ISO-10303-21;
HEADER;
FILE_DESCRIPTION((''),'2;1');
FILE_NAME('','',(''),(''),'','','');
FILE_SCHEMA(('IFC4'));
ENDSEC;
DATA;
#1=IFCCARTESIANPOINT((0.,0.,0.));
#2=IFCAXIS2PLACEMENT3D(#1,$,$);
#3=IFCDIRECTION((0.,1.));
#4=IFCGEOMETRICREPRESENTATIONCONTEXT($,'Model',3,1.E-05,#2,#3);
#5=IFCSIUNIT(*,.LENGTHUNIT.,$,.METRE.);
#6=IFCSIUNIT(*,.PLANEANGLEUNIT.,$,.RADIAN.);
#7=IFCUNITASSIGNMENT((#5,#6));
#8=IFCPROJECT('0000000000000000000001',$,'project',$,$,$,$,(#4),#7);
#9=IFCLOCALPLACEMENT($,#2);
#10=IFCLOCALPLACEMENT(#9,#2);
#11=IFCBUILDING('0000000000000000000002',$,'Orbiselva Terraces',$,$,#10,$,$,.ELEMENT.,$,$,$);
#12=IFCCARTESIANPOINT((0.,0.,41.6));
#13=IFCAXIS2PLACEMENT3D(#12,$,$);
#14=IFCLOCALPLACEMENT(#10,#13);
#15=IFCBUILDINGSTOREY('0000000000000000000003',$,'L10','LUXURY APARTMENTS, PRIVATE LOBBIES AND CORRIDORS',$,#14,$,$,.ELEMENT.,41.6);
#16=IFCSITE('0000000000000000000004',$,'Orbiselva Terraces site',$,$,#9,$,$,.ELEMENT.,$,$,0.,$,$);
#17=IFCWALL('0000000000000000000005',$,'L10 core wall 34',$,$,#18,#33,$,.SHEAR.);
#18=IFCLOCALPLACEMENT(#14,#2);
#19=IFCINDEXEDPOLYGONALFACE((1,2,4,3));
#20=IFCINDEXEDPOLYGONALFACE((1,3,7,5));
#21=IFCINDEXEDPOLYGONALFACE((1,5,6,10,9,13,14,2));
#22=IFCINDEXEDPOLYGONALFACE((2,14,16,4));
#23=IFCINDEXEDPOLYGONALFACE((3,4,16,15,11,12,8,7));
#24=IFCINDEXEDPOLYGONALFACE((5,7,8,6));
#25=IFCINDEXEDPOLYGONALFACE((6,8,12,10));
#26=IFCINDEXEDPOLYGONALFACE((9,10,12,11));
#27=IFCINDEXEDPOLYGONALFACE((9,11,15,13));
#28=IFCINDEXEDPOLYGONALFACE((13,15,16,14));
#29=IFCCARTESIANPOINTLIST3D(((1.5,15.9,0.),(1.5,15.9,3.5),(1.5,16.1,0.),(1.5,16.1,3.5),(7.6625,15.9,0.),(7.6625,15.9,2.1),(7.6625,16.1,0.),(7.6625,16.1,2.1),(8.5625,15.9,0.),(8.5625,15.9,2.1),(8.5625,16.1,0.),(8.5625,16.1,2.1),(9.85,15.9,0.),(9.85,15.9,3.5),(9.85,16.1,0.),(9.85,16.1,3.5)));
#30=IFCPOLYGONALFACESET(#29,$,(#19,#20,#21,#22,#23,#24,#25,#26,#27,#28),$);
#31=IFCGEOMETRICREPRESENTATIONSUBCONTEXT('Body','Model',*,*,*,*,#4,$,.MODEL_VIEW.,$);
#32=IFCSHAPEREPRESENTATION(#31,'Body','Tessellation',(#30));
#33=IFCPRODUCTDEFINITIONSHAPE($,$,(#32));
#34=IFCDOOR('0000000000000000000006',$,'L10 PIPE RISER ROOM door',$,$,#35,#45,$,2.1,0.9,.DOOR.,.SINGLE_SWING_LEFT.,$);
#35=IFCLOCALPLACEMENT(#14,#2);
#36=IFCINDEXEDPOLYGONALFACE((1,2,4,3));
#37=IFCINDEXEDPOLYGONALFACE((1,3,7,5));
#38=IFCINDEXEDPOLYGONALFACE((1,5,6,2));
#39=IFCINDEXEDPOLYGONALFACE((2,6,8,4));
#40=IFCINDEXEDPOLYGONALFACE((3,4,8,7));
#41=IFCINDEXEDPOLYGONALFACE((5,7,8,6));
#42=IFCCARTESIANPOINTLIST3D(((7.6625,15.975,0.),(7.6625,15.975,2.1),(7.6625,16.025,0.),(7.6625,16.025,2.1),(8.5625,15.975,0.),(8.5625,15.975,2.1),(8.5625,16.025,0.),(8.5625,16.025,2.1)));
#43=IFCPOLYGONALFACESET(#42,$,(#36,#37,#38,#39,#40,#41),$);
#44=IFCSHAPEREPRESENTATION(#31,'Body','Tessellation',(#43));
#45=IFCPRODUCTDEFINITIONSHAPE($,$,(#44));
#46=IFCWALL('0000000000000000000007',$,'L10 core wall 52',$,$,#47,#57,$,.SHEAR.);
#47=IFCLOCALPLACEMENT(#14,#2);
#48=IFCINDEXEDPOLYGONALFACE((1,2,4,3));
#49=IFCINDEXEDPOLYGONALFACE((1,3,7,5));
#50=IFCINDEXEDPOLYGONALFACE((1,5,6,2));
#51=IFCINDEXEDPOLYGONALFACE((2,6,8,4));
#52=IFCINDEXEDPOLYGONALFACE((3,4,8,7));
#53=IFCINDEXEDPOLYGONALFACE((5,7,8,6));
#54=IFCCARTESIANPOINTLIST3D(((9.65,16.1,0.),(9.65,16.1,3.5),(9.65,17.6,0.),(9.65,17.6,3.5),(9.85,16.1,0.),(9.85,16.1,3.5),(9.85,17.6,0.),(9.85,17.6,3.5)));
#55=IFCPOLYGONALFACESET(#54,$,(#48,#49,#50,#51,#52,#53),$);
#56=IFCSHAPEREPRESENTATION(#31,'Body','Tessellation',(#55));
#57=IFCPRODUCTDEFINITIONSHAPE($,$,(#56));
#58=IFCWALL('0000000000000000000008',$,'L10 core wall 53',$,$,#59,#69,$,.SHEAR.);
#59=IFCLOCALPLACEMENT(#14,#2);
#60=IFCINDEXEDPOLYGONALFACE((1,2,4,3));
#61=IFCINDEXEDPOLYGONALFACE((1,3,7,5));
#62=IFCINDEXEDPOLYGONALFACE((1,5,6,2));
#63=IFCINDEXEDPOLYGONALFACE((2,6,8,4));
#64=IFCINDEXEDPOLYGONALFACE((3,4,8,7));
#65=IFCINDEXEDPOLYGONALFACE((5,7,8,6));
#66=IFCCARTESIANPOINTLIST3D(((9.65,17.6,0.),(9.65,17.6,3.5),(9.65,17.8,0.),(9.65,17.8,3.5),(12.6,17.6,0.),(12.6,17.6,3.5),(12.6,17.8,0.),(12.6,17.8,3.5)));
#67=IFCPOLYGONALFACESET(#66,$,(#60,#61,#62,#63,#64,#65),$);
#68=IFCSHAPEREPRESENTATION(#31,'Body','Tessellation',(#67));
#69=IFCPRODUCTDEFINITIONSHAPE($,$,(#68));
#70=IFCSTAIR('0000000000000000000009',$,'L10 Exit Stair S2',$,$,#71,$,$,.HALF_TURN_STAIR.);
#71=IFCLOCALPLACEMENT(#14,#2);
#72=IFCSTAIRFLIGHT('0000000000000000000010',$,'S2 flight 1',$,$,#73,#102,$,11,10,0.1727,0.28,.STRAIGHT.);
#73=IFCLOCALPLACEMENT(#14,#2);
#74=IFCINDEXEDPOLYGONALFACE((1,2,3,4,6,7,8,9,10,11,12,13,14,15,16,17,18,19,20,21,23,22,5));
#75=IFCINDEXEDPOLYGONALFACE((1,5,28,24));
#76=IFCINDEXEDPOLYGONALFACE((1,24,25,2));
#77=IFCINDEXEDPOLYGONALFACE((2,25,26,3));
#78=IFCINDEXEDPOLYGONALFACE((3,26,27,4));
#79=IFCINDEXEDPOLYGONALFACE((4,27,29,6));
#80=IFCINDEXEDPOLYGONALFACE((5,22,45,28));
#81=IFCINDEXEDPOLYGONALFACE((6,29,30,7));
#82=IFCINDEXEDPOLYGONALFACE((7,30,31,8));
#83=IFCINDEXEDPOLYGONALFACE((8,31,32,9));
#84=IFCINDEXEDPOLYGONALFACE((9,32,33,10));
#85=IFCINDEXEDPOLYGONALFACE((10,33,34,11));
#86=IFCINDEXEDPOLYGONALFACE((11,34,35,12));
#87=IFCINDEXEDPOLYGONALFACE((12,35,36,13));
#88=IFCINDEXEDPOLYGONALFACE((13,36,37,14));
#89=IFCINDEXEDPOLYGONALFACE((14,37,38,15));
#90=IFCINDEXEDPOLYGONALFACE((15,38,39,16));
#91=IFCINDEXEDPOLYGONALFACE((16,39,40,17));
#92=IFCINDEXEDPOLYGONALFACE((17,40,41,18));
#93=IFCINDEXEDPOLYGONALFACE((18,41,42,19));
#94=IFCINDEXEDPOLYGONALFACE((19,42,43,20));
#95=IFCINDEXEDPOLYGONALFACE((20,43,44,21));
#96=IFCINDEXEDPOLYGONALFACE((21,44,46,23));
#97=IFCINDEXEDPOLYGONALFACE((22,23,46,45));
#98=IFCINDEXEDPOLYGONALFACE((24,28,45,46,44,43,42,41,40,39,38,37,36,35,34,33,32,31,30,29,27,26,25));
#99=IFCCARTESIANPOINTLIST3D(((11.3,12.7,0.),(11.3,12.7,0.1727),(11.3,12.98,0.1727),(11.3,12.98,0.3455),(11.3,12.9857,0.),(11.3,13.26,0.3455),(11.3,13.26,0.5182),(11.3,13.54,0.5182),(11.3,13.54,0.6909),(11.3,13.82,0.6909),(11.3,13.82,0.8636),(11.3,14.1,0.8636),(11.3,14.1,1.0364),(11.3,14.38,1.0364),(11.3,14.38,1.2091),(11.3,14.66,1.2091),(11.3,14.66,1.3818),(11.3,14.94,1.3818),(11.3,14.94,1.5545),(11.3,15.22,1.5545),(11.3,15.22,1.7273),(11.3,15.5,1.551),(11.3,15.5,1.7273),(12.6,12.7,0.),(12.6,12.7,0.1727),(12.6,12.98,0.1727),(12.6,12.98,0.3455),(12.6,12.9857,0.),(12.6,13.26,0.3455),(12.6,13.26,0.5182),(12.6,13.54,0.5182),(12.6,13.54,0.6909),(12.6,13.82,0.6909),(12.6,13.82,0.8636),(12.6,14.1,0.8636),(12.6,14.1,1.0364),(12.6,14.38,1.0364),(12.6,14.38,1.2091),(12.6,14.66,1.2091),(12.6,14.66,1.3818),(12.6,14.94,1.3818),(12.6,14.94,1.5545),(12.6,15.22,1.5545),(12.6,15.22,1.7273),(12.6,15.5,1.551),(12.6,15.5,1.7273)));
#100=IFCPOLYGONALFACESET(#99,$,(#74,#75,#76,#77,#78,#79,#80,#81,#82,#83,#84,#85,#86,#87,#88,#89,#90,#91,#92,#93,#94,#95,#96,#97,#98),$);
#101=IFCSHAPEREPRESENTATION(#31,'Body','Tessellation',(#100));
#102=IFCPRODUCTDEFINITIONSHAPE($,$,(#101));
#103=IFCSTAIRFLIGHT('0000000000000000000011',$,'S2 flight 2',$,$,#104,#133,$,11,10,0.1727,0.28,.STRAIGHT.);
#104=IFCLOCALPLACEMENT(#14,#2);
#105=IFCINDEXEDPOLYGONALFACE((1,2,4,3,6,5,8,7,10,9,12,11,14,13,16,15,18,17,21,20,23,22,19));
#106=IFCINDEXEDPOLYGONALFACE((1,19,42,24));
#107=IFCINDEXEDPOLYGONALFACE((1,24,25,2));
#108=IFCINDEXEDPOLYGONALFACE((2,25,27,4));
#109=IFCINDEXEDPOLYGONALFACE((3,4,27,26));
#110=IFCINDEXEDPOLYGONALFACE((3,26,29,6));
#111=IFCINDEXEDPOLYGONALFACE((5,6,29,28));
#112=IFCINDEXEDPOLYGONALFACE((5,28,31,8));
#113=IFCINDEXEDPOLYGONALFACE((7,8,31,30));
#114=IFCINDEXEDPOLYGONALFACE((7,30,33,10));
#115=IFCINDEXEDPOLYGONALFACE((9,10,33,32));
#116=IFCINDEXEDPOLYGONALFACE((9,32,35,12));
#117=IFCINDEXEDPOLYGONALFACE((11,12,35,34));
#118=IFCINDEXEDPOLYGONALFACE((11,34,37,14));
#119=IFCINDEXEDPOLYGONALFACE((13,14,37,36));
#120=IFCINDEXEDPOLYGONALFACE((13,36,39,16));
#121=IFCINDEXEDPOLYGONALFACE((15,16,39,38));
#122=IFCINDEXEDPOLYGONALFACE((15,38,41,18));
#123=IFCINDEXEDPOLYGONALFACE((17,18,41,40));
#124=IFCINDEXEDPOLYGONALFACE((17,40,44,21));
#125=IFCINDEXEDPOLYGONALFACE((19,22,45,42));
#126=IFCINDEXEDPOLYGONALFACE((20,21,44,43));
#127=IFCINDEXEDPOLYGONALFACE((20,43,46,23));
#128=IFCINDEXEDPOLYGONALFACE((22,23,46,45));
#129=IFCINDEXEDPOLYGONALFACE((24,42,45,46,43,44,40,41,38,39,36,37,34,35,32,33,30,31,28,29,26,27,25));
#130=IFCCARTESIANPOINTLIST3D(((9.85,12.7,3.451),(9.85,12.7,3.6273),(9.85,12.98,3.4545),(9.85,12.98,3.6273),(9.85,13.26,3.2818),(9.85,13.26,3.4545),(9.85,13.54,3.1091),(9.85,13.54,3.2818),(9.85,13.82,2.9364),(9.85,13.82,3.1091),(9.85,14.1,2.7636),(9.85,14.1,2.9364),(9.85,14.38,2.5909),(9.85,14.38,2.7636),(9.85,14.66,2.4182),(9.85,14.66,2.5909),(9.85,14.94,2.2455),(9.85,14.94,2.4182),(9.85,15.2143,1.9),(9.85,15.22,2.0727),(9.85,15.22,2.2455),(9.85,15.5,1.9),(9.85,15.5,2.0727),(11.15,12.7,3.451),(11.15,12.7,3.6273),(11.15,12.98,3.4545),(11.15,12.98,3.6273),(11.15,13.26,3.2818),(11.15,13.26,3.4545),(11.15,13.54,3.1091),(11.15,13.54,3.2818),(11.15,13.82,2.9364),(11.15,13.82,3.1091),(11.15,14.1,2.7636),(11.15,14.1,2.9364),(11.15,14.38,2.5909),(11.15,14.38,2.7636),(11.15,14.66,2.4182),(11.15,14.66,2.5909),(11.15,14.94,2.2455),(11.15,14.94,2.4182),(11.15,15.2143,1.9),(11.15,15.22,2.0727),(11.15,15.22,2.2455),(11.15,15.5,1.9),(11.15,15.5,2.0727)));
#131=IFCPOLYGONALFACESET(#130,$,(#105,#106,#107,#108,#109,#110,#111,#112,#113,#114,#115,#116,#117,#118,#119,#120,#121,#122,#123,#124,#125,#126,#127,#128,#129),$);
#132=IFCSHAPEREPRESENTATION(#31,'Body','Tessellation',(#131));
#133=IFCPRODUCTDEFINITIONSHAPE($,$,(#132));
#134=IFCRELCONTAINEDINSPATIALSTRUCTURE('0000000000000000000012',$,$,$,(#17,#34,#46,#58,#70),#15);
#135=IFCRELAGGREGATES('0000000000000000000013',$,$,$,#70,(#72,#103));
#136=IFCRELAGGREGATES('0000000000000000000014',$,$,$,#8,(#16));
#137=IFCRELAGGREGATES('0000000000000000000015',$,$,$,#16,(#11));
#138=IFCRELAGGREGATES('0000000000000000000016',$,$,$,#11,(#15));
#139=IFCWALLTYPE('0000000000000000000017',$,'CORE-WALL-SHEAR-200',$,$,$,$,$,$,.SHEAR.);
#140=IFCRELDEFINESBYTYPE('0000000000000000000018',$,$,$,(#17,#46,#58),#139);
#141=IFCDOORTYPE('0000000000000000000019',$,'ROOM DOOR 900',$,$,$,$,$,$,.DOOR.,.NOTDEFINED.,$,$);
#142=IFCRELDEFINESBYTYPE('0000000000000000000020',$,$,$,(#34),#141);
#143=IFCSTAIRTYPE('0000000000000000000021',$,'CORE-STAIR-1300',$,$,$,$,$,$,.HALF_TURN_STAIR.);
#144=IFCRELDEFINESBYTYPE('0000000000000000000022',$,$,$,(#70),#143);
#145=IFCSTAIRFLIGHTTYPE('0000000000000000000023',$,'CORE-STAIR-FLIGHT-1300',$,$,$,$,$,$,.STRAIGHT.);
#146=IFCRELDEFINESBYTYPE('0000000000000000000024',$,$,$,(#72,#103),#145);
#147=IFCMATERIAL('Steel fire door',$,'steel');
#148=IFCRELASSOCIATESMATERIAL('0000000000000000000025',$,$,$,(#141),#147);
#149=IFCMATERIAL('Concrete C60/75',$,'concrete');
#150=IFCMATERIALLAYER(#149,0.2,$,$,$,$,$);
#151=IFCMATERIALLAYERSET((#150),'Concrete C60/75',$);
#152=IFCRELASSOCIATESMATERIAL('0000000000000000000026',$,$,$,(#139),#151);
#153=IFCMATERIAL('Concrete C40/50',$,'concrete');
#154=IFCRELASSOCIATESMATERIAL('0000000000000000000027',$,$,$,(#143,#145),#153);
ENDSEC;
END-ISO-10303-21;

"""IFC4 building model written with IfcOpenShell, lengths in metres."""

from ifc_helpers import new_model, si_unit, direction, frame, frame_2d, origin, place, context, subcontext, project, spatial, polyline, rectangle, outline, extrude, material, layer, layer_set, type_object, element, fill, aggregate, save


model = new_model("IFC4")

# Units and contexts
model_context = context("Model", 3, precision=1e-05, world=origin(), true_north=direction((0.0, 1.0)))
body_context = subcontext(model_context, "Body", "Model", "MODEL_VIEW")
ifc_project = project(units=[si_unit("LENGTHUNIT", "METRE"), si_unit("PLANEANGLEUNIT", "RADIAN")], contexts=[model_context])

# Site, building, storey
site_placement = place(None, origin())
site = spatial("IfcSite", under=ifc_project, at=site_placement, Name="Orbiselva Terraces site", CompositionType="ELEMENT", RefElevation=0.0)
building_placement = place(site_placement, origin())
building = spatial("IfcBuilding", under=site, at=building_placement, Name="Orbiselva Terraces", CompositionType="ELEMENT")
storey_placement = place(building_placement, frame((0.0, 0.0, 41.6)))
storey = spatial("IfcBuildingStorey", under=building, at=storey_placement, Name="L10", Description="LUXURY APARTMENTS, PRIVATE LOBBIES AND CORRIDORS", CompositionType="ELEMENT", Elevation=41.6)

# Shared definitions
ifc_material_1 = material(Name="Steel fire door", Category="steel")
door_type = type_object("IfcDoorType", Name="ROOM DOOR 900", OperationType="NOTDEFINED", PredefinedType="DOOR", material=ifc_material_1)

# Shared definitions
ifc_material_2 = material(Name="Concrete C40/50", Category="concrete")

# Shared definitions
ifc_material_3 = material(Name="Concrete C60/75", Category="concrete")
ifc_layer_1 = layer(ifc_material_3, 0.2)
ifc_layer_set_1 = layer_set([ifc_layer_1], Name="Concrete C60/75")
wall_type_1 = type_object("IfcWallType", Name="CORE-WALL-SHEAR-200", PredefinedType="SHEAR", material=ifc_layer_set_1)

# Wall, opening, door
wall_1_placement = place(storey_placement, frame((9.85, 16.0, 0.0), z_axis=(0.0, 0.0, 1.0), x_axis=(-1.0, 0.0, 0.0)))
wall_1 = element("IfcWall", 1, at=wall_1_placement, inside=storey, type_object=wall_type_1, Name="L10 core wall 34", PredefinedType="SHEAR", context=body_context, shape_type="SweptSolid", body=[
    extrude(rectangle(XDim=8.35, YDim=0.2, at=frame_2d((4.175, 0.0))), origin(), (0.0, 0.0, 1.0), 3.5),
])
opening_1_placement = place(wall_1_placement, frame((1.2875, 0.0, 0.0)))
opening_1 = element("IfcOpeningElement", 2, at=opening_1_placement, cuts=wall_1, PredefinedType="OPENING", context=body_context, shape_type="SweptSolid", body=[
    extrude(rectangle(XDim=0.9, YDim=2.1, at=frame_2d((0.45, 1.05))), frame((0.0, 0.11, 0.0), z_axis=(0.0, -1.0, 0.0), x_axis=(1.0, 0.0, 0.0)), (0.0, 0.0, 1.0), 0.22),
])
door_1_placement = place(opening_1_placement, origin())
door_1 = element("IfcDoor", 3, at=door_1_placement, inside=storey, type_object=door_type, Name="L10 PIPE RISER ROOM door", OperationType="SINGLE_SWING_LEFT", OverallHeight=2.1, OverallWidth=0.9, PredefinedType="DOOR", context=body_context, shape_type="SweptSolid", body=[
    extrude(rectangle(XDim=0.9, YDim=2.1, at=frame_2d((0.45, 1.05))), frame((0.0, 0.025, 0.0), z_axis=(0.0, -1.0, 0.0), x_axis=(1.0, 0.0, 0.0)), (0.0, 0.0, 1.0), 0.05),
])
fill(opening_1, door_1)

# Walls
wall_2_placement = place(storey_placement, frame((9.75, 16.1, 0.0), z_axis=(0.0, 0.0, 1.0), x_axis=(0.0, 1.0, 0.0)))
element("IfcWall", 4, at=wall_2_placement, inside=storey, type_object=wall_type_1, Name="L10 core wall 52", PredefinedType="SHEAR", context=body_context, shape_type="SweptSolid", body=[
    extrude(rectangle(XDim=1.5, YDim=0.2, at=frame_2d((0.75, 0.0))), origin(), (0.0, 0.0, 1.0), 3.5),
])
wall_3_placement = place(storey_placement, frame((9.65, 17.7, 0.0), z_axis=(0.0, 0.0, 1.0), x_axis=(1.0, 0.0, 0.0)))
element("IfcWall", 5, at=wall_3_placement, inside=storey, type_object=wall_type_1, Name="L10 core wall 53", PredefinedType="SHEAR", context=body_context, shape_type="SweptSolid", body=[
    extrude(rectangle(XDim=2.95, YDim=0.2, at=frame_2d((1.475, 0.0))), origin(), (0.0, 0.0, 1.0), 3.5),
])

# Stair, stair flights
stair_type = type_object("IfcStairType", Name="CORE-STAIR-1300", PredefinedType="HALF_TURN_STAIR", material=ifc_material_2)
stair_placement = place(storey_placement, origin())
stair = element("IfcStair", 6, at=stair_placement, inside=storey, type_object=stair_type, Name="L10 Exit Stair S2", PredefinedType="HALF_TURN_STAIR")
stair_flight_type = type_object("IfcStairFlightType", Name="CORE-STAIR-FLIGHT-1300", PredefinedType="STRAIGHT", material=ifc_material_2)
stair_flight_1_placement = place(storey_placement, frame((11.95, 12.7, 0.0), z_axis=(0.0, 0.0, 1.0), x_axis=(0.0, 1.0, 0.0)))
stair_flight_1 = element("IfcStairFlight", 7, at=stair_flight_1_placement, type_object=stair_flight_type, Name="S2 flight 1", NumberOfRisers=11, NumberOfTreads=10, PredefinedType="STRAIGHT", RiserHeight=0.1727, TreadLength=0.28, context=body_context, shape_type="SweptSolid", body=[
    extrude(outline(polyline([(0.0, 0.0), (0.0, 0.1727), (0.28, 0.1727), (0.28, 0.3455), (0.56, 0.3455), (0.56, 0.5182), (0.84, 0.5182), (0.84, 0.6909), (1.12, 0.6909), (1.12, 0.8636), (1.4, 0.8636), (1.4, 1.0364), (1.68, 1.0364), (1.68, 1.2091), (1.96, 1.2091), (1.96, 1.3818), (2.24, 1.3818), (2.24, 1.5545), (2.52, 1.5545), (2.52, 1.7273), (2.8, 1.7273), (2.8, 1.9), (2.8, 1.551), (0.2857, 0.0), (0.0, 0.0)])), frame((0.0, 0.65, 0.0), z_axis=(0.0, -1.0, 0.0), x_axis=(1.0, 0.0, 0.0)), (0.0, 0.0, 1.0), 1.3),
])
stair_flight_2_placement = place(storey_placement, frame((10.5, 15.5, 1.9), z_axis=(0.0, 0.0, 1.0), x_axis=(0.0, -1.0, 0.0)))
stair_flight_2 = element("IfcStairFlight", 8, at=stair_flight_2_placement, type_object=stair_flight_type, Name="S2 flight 2", NumberOfRisers=11, NumberOfTreads=10, PredefinedType="STRAIGHT", RiserHeight=0.1727, TreadLength=0.28, context=body_context, shape_type="SweptSolid", body=[
    extrude(outline(polyline([(0.0, 0.0), (0.0, 0.1727), (0.28, 0.1727), (0.28, 0.3455), (0.56, 0.3455), (0.56, 0.5182), (0.84, 0.5182), (0.84, 0.6909), (1.12, 0.6909), (1.12, 0.8636), (1.4, 0.8636), (1.4, 1.0364), (1.68, 1.0364), (1.68, 1.2091), (1.96, 1.2091), (1.96, 1.3818), (2.24, 1.3818), (2.24, 1.5545), (2.52, 1.5545), (2.52, 1.7273), (2.8, 1.7273), (2.8, 1.9), (2.8, 1.551), (0.2857, 0.0), (0.0, 0.0)])), frame((0.0, 0.65, 0.0), z_axis=(0.0, -1.0, 0.0), x_axis=(1.0, 0.0, 0.0)), (0.0, 0.0, 1.0), 1.3),
])
aggregate(stair, [stair_flight_1, stair_flight_2])

save(model, "model.ifc")
